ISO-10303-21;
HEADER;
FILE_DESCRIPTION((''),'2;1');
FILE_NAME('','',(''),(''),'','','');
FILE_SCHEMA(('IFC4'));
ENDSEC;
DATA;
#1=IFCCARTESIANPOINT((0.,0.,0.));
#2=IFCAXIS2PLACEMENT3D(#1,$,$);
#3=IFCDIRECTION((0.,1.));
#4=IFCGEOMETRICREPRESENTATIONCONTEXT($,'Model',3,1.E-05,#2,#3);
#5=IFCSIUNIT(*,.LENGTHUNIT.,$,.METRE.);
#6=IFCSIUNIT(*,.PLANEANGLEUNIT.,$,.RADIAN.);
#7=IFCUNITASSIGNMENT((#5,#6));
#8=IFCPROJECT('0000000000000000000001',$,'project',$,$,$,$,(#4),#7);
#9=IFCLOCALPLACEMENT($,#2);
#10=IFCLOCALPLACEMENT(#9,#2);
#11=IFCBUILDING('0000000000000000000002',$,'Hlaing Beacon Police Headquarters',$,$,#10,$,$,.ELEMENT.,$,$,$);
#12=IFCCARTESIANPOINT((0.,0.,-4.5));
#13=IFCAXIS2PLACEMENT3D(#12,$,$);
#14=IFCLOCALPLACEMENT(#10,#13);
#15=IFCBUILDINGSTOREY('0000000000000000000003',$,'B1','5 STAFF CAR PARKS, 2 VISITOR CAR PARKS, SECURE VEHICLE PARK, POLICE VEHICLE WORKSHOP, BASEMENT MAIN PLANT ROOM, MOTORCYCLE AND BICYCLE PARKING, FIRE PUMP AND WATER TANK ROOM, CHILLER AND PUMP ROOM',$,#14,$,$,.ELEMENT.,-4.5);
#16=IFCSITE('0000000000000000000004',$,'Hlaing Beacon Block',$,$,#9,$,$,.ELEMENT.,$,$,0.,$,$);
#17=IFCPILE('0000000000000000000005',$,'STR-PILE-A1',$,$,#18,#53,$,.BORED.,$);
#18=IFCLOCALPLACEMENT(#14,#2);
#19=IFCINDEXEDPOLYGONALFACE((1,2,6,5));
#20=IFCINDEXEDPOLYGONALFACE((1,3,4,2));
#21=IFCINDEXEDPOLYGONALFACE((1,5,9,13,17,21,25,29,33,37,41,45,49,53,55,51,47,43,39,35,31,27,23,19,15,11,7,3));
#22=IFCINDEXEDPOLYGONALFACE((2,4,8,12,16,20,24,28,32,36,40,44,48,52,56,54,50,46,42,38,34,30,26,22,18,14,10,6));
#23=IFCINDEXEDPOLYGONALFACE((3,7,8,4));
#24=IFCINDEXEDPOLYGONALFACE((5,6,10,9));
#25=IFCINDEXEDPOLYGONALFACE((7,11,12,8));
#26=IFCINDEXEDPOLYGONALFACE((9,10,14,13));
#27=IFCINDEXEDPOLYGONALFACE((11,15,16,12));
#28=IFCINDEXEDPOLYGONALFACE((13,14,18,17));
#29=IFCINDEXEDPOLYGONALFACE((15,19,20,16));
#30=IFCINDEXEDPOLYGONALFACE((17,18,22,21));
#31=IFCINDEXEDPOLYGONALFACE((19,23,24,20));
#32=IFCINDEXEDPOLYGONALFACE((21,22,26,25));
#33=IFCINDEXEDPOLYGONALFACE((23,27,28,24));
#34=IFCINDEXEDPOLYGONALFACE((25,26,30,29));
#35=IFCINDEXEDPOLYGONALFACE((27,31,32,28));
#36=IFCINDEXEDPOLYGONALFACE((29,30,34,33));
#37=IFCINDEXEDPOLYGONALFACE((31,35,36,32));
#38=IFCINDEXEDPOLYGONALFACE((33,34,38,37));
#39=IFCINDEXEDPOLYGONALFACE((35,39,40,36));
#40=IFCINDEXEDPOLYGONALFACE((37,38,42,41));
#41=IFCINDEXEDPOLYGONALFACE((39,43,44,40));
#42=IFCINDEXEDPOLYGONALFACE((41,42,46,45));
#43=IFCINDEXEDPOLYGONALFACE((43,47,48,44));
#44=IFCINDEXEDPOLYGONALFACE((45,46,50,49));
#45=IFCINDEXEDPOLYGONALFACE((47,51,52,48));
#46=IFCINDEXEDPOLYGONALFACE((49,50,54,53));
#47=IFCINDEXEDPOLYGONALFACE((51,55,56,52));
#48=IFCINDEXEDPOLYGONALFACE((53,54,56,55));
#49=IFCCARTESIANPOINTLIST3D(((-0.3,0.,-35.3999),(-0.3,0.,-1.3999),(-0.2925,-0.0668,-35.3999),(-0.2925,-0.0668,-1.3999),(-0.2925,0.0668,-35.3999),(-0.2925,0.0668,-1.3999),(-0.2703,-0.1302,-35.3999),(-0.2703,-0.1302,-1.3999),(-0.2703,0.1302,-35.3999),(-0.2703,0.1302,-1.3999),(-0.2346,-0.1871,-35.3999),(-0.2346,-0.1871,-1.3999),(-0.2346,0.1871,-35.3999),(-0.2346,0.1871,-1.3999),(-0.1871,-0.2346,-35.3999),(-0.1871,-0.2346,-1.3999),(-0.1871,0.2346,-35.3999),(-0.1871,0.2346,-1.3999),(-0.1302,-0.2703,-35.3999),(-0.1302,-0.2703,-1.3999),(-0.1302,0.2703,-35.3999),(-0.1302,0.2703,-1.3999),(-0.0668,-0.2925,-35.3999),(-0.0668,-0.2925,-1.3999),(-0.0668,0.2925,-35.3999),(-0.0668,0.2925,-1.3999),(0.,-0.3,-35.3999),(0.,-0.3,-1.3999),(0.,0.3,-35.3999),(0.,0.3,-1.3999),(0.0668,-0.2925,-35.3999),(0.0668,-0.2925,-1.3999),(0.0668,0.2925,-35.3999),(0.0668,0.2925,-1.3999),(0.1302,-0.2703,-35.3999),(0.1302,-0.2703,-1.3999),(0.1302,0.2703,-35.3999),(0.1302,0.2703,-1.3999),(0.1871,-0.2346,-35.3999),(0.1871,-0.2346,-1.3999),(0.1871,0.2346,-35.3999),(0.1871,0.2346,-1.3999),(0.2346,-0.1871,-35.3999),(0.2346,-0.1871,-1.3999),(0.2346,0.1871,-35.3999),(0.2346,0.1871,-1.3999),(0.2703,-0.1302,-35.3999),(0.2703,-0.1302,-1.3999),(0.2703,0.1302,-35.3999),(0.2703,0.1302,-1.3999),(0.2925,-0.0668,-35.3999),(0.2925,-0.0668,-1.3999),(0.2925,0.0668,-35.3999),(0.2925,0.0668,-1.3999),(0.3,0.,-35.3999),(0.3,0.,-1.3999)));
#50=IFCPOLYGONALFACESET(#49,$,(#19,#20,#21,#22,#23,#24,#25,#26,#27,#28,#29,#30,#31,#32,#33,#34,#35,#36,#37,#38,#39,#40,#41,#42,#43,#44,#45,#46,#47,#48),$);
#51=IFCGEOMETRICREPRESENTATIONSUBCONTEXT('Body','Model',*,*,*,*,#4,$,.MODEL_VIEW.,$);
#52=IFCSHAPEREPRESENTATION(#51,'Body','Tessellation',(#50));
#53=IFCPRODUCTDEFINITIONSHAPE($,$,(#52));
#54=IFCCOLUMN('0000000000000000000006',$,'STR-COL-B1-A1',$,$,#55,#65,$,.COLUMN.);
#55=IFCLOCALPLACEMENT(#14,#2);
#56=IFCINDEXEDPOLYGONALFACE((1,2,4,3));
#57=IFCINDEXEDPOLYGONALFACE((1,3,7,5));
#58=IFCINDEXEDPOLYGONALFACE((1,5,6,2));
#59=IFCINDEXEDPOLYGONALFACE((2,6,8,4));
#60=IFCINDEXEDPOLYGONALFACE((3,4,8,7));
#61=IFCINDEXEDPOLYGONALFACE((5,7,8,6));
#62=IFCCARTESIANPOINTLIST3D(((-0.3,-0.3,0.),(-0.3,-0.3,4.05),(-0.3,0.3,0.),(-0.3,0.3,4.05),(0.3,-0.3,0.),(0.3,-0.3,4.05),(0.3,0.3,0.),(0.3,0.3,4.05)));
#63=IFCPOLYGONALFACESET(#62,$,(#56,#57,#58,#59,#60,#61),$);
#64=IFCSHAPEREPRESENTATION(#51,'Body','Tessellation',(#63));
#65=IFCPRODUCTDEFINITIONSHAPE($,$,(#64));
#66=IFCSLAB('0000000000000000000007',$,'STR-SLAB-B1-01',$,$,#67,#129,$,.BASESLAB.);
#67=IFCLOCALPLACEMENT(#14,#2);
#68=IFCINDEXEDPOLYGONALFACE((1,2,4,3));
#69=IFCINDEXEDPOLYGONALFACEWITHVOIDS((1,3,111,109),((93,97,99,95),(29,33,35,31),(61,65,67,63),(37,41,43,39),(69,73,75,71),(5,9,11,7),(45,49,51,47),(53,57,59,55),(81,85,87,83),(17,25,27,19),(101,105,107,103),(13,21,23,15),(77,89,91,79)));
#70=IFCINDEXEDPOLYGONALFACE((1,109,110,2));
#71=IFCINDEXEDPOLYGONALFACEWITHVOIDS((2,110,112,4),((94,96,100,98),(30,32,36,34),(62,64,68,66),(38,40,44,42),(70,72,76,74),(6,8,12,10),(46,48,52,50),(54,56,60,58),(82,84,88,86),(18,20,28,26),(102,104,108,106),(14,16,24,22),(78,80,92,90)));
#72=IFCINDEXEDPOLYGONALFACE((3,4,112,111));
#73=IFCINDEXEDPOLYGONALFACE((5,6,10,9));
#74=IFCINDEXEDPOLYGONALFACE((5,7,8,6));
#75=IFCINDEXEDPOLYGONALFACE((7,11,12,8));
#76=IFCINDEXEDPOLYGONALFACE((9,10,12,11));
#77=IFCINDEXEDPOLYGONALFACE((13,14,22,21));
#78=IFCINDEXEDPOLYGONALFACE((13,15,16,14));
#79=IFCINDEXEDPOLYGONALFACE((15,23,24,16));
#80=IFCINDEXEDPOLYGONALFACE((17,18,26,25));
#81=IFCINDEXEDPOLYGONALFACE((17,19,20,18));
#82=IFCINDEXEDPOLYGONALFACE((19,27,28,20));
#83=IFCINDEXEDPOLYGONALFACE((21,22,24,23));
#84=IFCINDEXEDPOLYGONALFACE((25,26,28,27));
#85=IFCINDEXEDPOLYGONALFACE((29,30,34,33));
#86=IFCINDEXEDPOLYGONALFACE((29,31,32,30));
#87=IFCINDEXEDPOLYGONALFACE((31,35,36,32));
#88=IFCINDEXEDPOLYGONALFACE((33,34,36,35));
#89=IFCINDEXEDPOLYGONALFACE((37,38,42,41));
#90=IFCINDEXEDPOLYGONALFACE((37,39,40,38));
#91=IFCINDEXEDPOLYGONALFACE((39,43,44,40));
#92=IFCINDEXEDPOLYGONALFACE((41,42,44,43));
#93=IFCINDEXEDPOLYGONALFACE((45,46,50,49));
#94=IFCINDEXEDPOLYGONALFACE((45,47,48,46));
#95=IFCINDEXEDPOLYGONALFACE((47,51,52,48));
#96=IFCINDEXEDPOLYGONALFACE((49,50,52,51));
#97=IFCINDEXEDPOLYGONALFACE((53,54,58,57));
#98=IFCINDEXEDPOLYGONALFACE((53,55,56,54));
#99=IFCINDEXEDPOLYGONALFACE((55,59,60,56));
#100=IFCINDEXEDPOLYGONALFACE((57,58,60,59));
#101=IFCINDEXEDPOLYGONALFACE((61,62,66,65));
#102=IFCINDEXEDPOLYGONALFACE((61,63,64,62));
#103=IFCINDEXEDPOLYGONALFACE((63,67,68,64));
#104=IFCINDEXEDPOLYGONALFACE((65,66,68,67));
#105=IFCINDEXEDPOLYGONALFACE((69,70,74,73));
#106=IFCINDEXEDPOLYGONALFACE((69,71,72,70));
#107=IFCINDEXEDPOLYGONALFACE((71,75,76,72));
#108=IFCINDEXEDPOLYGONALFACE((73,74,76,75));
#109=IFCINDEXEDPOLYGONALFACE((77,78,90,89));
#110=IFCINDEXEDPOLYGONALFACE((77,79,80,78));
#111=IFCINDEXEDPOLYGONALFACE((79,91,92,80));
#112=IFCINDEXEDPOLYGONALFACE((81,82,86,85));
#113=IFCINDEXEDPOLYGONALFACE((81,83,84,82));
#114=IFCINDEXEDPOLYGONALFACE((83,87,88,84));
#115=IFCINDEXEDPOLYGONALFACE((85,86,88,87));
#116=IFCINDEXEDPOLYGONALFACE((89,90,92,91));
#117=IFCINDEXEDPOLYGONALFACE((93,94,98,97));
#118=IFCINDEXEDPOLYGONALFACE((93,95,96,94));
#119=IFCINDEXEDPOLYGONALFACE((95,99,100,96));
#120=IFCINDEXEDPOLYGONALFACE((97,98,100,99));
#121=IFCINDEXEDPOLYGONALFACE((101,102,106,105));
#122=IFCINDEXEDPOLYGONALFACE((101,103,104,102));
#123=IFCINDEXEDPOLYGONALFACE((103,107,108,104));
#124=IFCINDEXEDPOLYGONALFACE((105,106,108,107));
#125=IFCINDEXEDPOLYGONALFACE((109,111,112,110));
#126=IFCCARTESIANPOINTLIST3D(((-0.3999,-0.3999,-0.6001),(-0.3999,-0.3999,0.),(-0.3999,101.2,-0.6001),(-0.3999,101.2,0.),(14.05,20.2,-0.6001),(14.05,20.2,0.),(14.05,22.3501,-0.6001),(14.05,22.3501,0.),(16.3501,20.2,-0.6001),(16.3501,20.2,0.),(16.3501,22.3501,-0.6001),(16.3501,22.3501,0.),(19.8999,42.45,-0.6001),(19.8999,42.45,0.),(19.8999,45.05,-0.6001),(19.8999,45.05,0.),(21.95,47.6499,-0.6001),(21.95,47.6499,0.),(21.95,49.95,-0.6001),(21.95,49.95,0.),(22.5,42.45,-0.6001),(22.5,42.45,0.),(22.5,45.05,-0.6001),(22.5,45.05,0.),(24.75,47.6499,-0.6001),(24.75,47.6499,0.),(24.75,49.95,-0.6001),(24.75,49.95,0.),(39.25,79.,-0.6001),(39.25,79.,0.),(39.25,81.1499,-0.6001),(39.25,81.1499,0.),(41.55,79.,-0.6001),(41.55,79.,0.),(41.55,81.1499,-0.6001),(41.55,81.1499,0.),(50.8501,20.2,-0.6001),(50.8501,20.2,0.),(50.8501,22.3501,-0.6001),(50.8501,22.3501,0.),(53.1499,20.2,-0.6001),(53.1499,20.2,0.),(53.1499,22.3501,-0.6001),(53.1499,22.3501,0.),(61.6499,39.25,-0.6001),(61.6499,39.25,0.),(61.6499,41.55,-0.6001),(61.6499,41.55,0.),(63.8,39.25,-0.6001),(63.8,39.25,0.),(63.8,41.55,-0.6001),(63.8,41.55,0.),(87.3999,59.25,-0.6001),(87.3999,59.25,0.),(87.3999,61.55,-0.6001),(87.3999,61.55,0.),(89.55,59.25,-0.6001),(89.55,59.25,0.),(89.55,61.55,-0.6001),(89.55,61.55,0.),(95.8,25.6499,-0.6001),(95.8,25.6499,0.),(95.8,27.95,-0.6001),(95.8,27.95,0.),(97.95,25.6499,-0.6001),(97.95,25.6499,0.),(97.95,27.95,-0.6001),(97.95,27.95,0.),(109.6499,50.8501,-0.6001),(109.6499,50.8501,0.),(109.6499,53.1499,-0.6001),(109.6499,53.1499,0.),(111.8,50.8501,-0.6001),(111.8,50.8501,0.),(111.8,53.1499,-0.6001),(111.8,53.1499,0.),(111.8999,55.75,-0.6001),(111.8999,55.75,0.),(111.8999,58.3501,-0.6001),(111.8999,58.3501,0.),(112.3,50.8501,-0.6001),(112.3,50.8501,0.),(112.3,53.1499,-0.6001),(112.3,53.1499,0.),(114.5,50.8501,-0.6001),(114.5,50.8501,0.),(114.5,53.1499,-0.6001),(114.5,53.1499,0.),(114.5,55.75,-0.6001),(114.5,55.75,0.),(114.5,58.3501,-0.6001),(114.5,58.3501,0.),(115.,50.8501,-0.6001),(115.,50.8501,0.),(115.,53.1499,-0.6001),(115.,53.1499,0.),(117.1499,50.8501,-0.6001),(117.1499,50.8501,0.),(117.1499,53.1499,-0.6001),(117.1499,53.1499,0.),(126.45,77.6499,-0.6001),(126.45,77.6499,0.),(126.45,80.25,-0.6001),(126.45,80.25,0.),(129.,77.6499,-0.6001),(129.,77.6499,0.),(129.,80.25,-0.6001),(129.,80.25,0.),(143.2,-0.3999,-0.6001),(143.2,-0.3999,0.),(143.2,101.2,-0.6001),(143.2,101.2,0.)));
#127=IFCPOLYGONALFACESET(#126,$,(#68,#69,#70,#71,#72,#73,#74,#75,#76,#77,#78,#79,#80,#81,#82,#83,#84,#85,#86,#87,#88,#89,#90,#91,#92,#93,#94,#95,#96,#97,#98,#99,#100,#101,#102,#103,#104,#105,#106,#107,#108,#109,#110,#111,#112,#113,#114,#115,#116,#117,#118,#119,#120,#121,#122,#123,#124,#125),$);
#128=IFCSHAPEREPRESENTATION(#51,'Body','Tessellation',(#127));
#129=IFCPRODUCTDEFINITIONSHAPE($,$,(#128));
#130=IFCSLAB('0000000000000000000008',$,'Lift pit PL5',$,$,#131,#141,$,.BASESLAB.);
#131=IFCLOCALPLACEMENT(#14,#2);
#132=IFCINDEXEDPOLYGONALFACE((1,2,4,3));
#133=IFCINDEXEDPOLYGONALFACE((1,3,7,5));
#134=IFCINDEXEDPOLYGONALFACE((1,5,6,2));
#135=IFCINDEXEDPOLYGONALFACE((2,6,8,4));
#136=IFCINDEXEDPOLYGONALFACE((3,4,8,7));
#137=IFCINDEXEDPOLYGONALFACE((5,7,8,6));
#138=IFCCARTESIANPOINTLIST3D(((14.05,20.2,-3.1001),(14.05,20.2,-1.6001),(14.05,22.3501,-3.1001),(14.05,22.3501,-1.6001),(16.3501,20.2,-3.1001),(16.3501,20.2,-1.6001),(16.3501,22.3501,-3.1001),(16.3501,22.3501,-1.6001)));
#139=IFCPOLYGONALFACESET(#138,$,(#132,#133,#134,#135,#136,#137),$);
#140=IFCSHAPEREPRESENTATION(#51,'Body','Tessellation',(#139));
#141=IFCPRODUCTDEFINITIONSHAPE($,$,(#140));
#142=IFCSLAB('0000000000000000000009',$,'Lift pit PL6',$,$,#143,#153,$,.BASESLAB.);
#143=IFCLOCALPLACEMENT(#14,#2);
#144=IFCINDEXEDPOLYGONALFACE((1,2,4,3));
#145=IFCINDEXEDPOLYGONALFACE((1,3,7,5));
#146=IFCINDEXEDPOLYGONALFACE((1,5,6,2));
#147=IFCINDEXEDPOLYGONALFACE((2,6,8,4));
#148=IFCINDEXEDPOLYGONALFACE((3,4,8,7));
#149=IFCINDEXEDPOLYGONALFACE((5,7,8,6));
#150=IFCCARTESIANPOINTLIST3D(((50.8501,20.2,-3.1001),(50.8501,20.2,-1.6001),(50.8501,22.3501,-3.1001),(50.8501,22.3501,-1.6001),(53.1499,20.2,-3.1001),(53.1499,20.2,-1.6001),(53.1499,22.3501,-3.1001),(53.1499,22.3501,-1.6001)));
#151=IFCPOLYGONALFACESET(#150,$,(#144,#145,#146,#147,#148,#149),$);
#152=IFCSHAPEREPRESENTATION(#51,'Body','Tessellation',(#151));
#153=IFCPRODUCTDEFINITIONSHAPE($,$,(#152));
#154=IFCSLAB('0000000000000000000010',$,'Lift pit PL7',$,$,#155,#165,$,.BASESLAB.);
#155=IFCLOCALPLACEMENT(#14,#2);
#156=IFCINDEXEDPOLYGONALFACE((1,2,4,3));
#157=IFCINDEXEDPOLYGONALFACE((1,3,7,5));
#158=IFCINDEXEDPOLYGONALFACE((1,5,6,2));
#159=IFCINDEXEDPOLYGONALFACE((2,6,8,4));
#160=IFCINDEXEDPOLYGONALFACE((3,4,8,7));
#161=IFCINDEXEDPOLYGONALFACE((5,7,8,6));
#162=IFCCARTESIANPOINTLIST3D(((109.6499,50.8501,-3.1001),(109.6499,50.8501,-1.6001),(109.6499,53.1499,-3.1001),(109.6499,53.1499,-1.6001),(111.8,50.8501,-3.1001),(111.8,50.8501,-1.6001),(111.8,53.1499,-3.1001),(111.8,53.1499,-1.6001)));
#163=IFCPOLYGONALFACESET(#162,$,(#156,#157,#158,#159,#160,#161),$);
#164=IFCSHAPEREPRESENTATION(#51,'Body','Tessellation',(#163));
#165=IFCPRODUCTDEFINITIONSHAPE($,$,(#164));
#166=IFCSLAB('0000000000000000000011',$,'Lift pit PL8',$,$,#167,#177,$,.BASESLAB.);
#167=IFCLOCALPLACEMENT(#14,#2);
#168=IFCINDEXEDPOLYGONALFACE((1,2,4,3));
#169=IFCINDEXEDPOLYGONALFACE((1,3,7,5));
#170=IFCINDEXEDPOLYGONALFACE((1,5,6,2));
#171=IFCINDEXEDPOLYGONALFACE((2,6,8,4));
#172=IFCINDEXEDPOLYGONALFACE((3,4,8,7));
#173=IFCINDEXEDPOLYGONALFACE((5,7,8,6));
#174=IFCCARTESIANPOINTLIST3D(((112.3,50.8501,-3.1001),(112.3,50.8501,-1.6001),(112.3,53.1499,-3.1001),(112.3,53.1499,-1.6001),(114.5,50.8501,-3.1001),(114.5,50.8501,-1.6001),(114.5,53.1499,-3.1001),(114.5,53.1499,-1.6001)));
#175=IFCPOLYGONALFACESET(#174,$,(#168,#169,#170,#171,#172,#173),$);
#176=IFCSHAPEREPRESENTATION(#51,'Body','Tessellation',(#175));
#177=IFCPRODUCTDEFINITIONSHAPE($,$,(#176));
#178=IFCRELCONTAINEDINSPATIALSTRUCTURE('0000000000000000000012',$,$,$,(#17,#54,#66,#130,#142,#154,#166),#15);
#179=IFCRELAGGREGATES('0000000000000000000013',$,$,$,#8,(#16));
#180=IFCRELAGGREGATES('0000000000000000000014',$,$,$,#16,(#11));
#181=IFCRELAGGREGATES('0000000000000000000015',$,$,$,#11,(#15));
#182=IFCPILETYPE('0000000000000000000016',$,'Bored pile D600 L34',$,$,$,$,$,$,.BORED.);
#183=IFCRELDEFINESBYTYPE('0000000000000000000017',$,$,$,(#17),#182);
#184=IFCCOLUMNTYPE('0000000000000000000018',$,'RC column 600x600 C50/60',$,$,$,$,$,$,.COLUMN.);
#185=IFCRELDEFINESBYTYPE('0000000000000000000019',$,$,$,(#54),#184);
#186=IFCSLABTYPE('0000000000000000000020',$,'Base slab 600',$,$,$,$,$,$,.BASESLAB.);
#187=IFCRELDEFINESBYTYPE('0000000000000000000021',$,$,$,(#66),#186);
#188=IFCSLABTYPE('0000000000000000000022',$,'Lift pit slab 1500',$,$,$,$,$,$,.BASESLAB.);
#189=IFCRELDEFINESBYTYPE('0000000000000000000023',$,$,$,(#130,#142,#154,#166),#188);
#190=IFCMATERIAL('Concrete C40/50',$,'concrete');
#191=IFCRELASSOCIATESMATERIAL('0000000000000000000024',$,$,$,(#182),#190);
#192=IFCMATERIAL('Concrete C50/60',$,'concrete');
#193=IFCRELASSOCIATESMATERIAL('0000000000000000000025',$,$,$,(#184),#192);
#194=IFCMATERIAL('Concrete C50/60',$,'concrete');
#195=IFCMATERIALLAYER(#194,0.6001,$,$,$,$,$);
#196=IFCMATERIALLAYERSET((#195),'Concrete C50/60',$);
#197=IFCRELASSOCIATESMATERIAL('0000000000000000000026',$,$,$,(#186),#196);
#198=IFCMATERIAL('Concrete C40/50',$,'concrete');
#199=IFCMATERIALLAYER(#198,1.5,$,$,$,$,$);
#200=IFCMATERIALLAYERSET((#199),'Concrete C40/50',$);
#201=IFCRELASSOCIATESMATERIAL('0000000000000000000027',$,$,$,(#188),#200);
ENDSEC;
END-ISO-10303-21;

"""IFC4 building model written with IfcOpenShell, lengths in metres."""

from ifc_helpers import new_model, si_unit, direction, frame, origin, origin_with_axes, origin_2d, place, context, subcontext, project, spatial, polyline, rectangle, circle, outline, extrude, material, layer, layer_set, material_profile, profile_set, type_object, element, save


model = new_model("IFC4")

# Units and contexts
model_context = context("Model", 3, precision=1e-05, world=origin(), true_north=direction((0.0, 1.0)))
body_context = subcontext(model_context, "Body", "Model", "MODEL_VIEW")
ifc_project = project(units=[si_unit("LENGTHUNIT", "METRE"), si_unit("PLANEANGLEUNIT", "RADIAN")], contexts=[model_context])

# Site, building, storey
site_placement = place(None, origin())
site = spatial("IfcSite", under=ifc_project, at=site_placement, Name="Hlaing Beacon Block", CompositionType="ELEMENT", RefElevation=0.0)
building_placement = place(site_placement, origin())
building = spatial("IfcBuilding", under=site, at=building_placement, Name="Hlaing Beacon Police Headquarters", CompositionType="ELEMENT")
storey_placement = place(building_placement, frame((0.0, 0.0, -4.5)))
storey = spatial("IfcBuildingStorey", under=building, at=storey_placement, Name="B1", Description="5 STAFF CAR PARKS, 2 VISITOR CAR PARKS, SECURE VEHICLE PARK, POLICE VEHICLE WORKSHOP, BASEMENT MAIN PLANT ROOM, MOTORCYCLE AND BICYCLE PARKING, FIRE PUMP AND WATER TANK ROOM, CHILLER AND PUMP ROOM", CompositionType="ELEMENT", Elevation=-4.5)

# Pile
ifc_material_1 = material(Name="Concrete C40/50", Category="concrete")
ifc_material_profile_1 = material_profile(ifc_material_1, circle(Radius=0.3, at=origin_2d()), Name="D600")
ifc_profile_set_1 = profile_set([ifc_material_profile_1], Name="Concrete C40/50")
pile_type = type_object("IfcPileType", Name="Bored pile D600 L34", PredefinedType="BORED", material=ifc_profile_set_1)
pile_placement = place(storey_placement, frame((0.0, 0.0, -1.3999), z_axis=(0.0, 0.0, -1.0), x_axis=(1.0, 0.0, 0.0)))
element("IfcPile", 1, at=pile_placement, inside=storey, type_object=pile_type, Name="STR-PILE-A1", PredefinedType="BORED", context=body_context, shape_type="SweptSolid", body=[
    extrude(circle(Radius=0.3, at=origin_2d()), origin(), (0.0, 0.0, 1.0), 34.0),
])

# Column
ifc_material_2 = material(Name="Concrete C50/60", Category="concrete")
ifc_material_profile_2 = material_profile(ifc_material_2, rectangle(XDim=0.6001, YDim=0.6001, at=origin_2d()), Name="600x600")
ifc_profile_set_2 = profile_set([ifc_material_profile_2], Name="Concrete C50/60")
column_type = type_object("IfcColumnType", Name="RC column 600x600 C50/60", PredefinedType="COLUMN", material=ifc_profile_set_2)
column_placement = place(storey_placement, origin_with_axes())
element("IfcColumn", 2, at=column_placement, inside=storey, type_object=column_type, Name="STR-COL-B1-A1", PredefinedType="COLUMN", context=body_context, shape_type="SweptSolid", body=[
    extrude(rectangle(XDim=0.6001, YDim=0.6001, at=origin_2d()), origin(), (0.0, 0.0, 1.0), 4.05),
])

# Slabs
ifc_material_3 = material(Name="Concrete C50/60", Category="concrete")
ifc_layer_1 = layer(ifc_material_3, 0.6001)
ifc_layer_set_1 = layer_set([ifc_layer_1], Name="Concrete C50/60")
slab_type_1 = type_object("IfcSlabType", Name="Base slab 600", PredefinedType="BASESLAB", material=ifc_layer_set_1)
slab_1_placement = place(storey_placement, frame((0.0, 0.0, -0.6001)))
element("IfcSlab", 3, at=slab_1_placement, inside=storey, type_object=slab_type_1, Name="STR-SLAB-B1-01", PredefinedType="BASESLAB", context=body_context, shape_type="SweptSolid", body=[
    extrude(outline(polyline([(-0.3999, -0.3999), (143.2, -0.3999), (143.2, 101.2), (-0.3999, 101.2), (-0.3999, -0.3999)]), holes=[polyline([(14.05, 20.2), (16.3501, 20.2), (16.3501, 22.3501), (14.05, 22.3501), (14.05, 20.2)]), polyline([(19.8999, 42.45), (22.5, 42.45), (22.5, 45.05), (19.8999, 45.05), (19.8999, 42.45)]), polyline([(21.95, 47.6499), (24.75, 47.6499), (24.75, 49.95), (21.95, 49.95), (21.95, 47.6499)]), polyline([(39.25, 79.0), (41.55, 79.0), (41.55, 81.1499), (39.25, 81.1499), (39.25, 79.0)]), polyline([(50.8501, 20.2), (53.1499, 20.2), (53.1499, 22.3501), (50.8501, 22.3501), (50.8501, 20.2)]), polyline([(61.6499, 39.25), (63.8, 39.25), (63.8, 41.55), (61.6499, 41.55), (61.6499, 39.25)]), polyline([(87.3999, 59.25), (89.55, 59.25), (89.55, 61.55), (87.3999, 61.55), (87.3999, 59.25)]), polyline([(95.8, 25.6499), (97.95, 25.6499), (97.95, 27.95), (95.8, 27.95), (95.8, 25.6499)]), polyline([(109.6499, 50.8501), (111.8, 50.8501), (111.8, 53.1499), (109.6499, 53.1499), (109.6499, 50.8501)]), polyline([(111.8999, 55.75), (114.5, 55.75), (114.5, 58.3501), (111.8999, 58.3501), (111.8999, 55.75)]), polyline([(112.3, 50.8501), (114.5, 50.8501), (114.5, 53.1499), (112.3, 53.1499), (112.3, 50.8501)]), polyline([(115.0, 50.8501), (117.1499, 50.8501), (117.1499, 53.1499), (115.0, 53.1499), (115.0, 50.8501)]), polyline([(126.45, 77.6499), (129.0, 77.6499), (129.0, 80.25), (126.45, 80.25), (126.45, 77.6499)])]), origin(), (0.0, 0.0, 1.0), 0.6001),
])
ifc_material_4 = material(Name="Concrete C40/50", Category="concrete")
ifc_layer_2 = layer(ifc_material_4, 1.5)
ifc_layer_set_2 = layer_set([ifc_layer_2], Name="Concrete C40/50")
slab_type_2 = type_object("IfcSlabType", Name="Lift pit slab 1500", PredefinedType="BASESLAB", material=ifc_layer_set_2)
slab_2_placement = place(storey_placement, frame((0.0, 0.0, -3.1001)))
element("IfcSlab", 4, at=slab_2_placement, inside=storey, type_object=slab_type_2, Name="Lift pit PL5", PredefinedType="BASESLAB", context=body_context, shape_type="SweptSolid", body=[
    extrude(outline(polyline([(14.05, 20.2), (16.3501, 20.2), (16.3501, 22.3501), (14.05, 22.3501), (14.05, 20.2)])), origin(), (0.0, 0.0, 1.0), 1.5),
])
slab_3_placement = place(storey_placement, frame((0.0, 0.0, -3.1001)))
element("IfcSlab", 5, at=slab_3_placement, inside=storey, type_object=slab_type_2, Name="Lift pit PL6", PredefinedType="BASESLAB", context=body_context, shape_type="SweptSolid", body=[
    extrude(outline(polyline([(50.8501, 20.2), (53.1499, 20.2), (53.1499, 22.3501), (50.8501, 22.3501), (50.8501, 20.2)])), origin(), (0.0, 0.0, 1.0), 1.5),
])
slab_4_placement = place(storey_placement, frame((0.0, 0.0, -3.1001)))
element("IfcSlab", 6, at=slab_4_placement, inside=storey, type_object=slab_type_2, Name="Lift pit PL7", PredefinedType="BASESLAB", context=body_context, shape_type="SweptSolid", body=[
    extrude(outline(polyline([(109.6499, 50.8501), (111.8, 50.8501), (111.8, 53.1499), (109.6499, 53.1499), (109.6499, 50.8501)])), origin(), (0.0, 0.0, 1.0), 1.5),
])
slab_5_placement = place(storey_placement, frame((0.0, 0.0, -3.1001)))
element("IfcSlab", 7, at=slab_5_placement, inside=storey, type_object=slab_type_2, Name="Lift pit PL8", PredefinedType="BASESLAB", context=body_context, shape_type="SweptSolid", body=[
    extrude(outline(polyline([(112.3, 50.8501), (114.5, 50.8501), (114.5, 53.1499), (112.3, 53.1499), (112.3, 50.8501)])), origin(), (0.0, 0.0, 1.0), 1.5),
])

save(model, "model.ifc")
